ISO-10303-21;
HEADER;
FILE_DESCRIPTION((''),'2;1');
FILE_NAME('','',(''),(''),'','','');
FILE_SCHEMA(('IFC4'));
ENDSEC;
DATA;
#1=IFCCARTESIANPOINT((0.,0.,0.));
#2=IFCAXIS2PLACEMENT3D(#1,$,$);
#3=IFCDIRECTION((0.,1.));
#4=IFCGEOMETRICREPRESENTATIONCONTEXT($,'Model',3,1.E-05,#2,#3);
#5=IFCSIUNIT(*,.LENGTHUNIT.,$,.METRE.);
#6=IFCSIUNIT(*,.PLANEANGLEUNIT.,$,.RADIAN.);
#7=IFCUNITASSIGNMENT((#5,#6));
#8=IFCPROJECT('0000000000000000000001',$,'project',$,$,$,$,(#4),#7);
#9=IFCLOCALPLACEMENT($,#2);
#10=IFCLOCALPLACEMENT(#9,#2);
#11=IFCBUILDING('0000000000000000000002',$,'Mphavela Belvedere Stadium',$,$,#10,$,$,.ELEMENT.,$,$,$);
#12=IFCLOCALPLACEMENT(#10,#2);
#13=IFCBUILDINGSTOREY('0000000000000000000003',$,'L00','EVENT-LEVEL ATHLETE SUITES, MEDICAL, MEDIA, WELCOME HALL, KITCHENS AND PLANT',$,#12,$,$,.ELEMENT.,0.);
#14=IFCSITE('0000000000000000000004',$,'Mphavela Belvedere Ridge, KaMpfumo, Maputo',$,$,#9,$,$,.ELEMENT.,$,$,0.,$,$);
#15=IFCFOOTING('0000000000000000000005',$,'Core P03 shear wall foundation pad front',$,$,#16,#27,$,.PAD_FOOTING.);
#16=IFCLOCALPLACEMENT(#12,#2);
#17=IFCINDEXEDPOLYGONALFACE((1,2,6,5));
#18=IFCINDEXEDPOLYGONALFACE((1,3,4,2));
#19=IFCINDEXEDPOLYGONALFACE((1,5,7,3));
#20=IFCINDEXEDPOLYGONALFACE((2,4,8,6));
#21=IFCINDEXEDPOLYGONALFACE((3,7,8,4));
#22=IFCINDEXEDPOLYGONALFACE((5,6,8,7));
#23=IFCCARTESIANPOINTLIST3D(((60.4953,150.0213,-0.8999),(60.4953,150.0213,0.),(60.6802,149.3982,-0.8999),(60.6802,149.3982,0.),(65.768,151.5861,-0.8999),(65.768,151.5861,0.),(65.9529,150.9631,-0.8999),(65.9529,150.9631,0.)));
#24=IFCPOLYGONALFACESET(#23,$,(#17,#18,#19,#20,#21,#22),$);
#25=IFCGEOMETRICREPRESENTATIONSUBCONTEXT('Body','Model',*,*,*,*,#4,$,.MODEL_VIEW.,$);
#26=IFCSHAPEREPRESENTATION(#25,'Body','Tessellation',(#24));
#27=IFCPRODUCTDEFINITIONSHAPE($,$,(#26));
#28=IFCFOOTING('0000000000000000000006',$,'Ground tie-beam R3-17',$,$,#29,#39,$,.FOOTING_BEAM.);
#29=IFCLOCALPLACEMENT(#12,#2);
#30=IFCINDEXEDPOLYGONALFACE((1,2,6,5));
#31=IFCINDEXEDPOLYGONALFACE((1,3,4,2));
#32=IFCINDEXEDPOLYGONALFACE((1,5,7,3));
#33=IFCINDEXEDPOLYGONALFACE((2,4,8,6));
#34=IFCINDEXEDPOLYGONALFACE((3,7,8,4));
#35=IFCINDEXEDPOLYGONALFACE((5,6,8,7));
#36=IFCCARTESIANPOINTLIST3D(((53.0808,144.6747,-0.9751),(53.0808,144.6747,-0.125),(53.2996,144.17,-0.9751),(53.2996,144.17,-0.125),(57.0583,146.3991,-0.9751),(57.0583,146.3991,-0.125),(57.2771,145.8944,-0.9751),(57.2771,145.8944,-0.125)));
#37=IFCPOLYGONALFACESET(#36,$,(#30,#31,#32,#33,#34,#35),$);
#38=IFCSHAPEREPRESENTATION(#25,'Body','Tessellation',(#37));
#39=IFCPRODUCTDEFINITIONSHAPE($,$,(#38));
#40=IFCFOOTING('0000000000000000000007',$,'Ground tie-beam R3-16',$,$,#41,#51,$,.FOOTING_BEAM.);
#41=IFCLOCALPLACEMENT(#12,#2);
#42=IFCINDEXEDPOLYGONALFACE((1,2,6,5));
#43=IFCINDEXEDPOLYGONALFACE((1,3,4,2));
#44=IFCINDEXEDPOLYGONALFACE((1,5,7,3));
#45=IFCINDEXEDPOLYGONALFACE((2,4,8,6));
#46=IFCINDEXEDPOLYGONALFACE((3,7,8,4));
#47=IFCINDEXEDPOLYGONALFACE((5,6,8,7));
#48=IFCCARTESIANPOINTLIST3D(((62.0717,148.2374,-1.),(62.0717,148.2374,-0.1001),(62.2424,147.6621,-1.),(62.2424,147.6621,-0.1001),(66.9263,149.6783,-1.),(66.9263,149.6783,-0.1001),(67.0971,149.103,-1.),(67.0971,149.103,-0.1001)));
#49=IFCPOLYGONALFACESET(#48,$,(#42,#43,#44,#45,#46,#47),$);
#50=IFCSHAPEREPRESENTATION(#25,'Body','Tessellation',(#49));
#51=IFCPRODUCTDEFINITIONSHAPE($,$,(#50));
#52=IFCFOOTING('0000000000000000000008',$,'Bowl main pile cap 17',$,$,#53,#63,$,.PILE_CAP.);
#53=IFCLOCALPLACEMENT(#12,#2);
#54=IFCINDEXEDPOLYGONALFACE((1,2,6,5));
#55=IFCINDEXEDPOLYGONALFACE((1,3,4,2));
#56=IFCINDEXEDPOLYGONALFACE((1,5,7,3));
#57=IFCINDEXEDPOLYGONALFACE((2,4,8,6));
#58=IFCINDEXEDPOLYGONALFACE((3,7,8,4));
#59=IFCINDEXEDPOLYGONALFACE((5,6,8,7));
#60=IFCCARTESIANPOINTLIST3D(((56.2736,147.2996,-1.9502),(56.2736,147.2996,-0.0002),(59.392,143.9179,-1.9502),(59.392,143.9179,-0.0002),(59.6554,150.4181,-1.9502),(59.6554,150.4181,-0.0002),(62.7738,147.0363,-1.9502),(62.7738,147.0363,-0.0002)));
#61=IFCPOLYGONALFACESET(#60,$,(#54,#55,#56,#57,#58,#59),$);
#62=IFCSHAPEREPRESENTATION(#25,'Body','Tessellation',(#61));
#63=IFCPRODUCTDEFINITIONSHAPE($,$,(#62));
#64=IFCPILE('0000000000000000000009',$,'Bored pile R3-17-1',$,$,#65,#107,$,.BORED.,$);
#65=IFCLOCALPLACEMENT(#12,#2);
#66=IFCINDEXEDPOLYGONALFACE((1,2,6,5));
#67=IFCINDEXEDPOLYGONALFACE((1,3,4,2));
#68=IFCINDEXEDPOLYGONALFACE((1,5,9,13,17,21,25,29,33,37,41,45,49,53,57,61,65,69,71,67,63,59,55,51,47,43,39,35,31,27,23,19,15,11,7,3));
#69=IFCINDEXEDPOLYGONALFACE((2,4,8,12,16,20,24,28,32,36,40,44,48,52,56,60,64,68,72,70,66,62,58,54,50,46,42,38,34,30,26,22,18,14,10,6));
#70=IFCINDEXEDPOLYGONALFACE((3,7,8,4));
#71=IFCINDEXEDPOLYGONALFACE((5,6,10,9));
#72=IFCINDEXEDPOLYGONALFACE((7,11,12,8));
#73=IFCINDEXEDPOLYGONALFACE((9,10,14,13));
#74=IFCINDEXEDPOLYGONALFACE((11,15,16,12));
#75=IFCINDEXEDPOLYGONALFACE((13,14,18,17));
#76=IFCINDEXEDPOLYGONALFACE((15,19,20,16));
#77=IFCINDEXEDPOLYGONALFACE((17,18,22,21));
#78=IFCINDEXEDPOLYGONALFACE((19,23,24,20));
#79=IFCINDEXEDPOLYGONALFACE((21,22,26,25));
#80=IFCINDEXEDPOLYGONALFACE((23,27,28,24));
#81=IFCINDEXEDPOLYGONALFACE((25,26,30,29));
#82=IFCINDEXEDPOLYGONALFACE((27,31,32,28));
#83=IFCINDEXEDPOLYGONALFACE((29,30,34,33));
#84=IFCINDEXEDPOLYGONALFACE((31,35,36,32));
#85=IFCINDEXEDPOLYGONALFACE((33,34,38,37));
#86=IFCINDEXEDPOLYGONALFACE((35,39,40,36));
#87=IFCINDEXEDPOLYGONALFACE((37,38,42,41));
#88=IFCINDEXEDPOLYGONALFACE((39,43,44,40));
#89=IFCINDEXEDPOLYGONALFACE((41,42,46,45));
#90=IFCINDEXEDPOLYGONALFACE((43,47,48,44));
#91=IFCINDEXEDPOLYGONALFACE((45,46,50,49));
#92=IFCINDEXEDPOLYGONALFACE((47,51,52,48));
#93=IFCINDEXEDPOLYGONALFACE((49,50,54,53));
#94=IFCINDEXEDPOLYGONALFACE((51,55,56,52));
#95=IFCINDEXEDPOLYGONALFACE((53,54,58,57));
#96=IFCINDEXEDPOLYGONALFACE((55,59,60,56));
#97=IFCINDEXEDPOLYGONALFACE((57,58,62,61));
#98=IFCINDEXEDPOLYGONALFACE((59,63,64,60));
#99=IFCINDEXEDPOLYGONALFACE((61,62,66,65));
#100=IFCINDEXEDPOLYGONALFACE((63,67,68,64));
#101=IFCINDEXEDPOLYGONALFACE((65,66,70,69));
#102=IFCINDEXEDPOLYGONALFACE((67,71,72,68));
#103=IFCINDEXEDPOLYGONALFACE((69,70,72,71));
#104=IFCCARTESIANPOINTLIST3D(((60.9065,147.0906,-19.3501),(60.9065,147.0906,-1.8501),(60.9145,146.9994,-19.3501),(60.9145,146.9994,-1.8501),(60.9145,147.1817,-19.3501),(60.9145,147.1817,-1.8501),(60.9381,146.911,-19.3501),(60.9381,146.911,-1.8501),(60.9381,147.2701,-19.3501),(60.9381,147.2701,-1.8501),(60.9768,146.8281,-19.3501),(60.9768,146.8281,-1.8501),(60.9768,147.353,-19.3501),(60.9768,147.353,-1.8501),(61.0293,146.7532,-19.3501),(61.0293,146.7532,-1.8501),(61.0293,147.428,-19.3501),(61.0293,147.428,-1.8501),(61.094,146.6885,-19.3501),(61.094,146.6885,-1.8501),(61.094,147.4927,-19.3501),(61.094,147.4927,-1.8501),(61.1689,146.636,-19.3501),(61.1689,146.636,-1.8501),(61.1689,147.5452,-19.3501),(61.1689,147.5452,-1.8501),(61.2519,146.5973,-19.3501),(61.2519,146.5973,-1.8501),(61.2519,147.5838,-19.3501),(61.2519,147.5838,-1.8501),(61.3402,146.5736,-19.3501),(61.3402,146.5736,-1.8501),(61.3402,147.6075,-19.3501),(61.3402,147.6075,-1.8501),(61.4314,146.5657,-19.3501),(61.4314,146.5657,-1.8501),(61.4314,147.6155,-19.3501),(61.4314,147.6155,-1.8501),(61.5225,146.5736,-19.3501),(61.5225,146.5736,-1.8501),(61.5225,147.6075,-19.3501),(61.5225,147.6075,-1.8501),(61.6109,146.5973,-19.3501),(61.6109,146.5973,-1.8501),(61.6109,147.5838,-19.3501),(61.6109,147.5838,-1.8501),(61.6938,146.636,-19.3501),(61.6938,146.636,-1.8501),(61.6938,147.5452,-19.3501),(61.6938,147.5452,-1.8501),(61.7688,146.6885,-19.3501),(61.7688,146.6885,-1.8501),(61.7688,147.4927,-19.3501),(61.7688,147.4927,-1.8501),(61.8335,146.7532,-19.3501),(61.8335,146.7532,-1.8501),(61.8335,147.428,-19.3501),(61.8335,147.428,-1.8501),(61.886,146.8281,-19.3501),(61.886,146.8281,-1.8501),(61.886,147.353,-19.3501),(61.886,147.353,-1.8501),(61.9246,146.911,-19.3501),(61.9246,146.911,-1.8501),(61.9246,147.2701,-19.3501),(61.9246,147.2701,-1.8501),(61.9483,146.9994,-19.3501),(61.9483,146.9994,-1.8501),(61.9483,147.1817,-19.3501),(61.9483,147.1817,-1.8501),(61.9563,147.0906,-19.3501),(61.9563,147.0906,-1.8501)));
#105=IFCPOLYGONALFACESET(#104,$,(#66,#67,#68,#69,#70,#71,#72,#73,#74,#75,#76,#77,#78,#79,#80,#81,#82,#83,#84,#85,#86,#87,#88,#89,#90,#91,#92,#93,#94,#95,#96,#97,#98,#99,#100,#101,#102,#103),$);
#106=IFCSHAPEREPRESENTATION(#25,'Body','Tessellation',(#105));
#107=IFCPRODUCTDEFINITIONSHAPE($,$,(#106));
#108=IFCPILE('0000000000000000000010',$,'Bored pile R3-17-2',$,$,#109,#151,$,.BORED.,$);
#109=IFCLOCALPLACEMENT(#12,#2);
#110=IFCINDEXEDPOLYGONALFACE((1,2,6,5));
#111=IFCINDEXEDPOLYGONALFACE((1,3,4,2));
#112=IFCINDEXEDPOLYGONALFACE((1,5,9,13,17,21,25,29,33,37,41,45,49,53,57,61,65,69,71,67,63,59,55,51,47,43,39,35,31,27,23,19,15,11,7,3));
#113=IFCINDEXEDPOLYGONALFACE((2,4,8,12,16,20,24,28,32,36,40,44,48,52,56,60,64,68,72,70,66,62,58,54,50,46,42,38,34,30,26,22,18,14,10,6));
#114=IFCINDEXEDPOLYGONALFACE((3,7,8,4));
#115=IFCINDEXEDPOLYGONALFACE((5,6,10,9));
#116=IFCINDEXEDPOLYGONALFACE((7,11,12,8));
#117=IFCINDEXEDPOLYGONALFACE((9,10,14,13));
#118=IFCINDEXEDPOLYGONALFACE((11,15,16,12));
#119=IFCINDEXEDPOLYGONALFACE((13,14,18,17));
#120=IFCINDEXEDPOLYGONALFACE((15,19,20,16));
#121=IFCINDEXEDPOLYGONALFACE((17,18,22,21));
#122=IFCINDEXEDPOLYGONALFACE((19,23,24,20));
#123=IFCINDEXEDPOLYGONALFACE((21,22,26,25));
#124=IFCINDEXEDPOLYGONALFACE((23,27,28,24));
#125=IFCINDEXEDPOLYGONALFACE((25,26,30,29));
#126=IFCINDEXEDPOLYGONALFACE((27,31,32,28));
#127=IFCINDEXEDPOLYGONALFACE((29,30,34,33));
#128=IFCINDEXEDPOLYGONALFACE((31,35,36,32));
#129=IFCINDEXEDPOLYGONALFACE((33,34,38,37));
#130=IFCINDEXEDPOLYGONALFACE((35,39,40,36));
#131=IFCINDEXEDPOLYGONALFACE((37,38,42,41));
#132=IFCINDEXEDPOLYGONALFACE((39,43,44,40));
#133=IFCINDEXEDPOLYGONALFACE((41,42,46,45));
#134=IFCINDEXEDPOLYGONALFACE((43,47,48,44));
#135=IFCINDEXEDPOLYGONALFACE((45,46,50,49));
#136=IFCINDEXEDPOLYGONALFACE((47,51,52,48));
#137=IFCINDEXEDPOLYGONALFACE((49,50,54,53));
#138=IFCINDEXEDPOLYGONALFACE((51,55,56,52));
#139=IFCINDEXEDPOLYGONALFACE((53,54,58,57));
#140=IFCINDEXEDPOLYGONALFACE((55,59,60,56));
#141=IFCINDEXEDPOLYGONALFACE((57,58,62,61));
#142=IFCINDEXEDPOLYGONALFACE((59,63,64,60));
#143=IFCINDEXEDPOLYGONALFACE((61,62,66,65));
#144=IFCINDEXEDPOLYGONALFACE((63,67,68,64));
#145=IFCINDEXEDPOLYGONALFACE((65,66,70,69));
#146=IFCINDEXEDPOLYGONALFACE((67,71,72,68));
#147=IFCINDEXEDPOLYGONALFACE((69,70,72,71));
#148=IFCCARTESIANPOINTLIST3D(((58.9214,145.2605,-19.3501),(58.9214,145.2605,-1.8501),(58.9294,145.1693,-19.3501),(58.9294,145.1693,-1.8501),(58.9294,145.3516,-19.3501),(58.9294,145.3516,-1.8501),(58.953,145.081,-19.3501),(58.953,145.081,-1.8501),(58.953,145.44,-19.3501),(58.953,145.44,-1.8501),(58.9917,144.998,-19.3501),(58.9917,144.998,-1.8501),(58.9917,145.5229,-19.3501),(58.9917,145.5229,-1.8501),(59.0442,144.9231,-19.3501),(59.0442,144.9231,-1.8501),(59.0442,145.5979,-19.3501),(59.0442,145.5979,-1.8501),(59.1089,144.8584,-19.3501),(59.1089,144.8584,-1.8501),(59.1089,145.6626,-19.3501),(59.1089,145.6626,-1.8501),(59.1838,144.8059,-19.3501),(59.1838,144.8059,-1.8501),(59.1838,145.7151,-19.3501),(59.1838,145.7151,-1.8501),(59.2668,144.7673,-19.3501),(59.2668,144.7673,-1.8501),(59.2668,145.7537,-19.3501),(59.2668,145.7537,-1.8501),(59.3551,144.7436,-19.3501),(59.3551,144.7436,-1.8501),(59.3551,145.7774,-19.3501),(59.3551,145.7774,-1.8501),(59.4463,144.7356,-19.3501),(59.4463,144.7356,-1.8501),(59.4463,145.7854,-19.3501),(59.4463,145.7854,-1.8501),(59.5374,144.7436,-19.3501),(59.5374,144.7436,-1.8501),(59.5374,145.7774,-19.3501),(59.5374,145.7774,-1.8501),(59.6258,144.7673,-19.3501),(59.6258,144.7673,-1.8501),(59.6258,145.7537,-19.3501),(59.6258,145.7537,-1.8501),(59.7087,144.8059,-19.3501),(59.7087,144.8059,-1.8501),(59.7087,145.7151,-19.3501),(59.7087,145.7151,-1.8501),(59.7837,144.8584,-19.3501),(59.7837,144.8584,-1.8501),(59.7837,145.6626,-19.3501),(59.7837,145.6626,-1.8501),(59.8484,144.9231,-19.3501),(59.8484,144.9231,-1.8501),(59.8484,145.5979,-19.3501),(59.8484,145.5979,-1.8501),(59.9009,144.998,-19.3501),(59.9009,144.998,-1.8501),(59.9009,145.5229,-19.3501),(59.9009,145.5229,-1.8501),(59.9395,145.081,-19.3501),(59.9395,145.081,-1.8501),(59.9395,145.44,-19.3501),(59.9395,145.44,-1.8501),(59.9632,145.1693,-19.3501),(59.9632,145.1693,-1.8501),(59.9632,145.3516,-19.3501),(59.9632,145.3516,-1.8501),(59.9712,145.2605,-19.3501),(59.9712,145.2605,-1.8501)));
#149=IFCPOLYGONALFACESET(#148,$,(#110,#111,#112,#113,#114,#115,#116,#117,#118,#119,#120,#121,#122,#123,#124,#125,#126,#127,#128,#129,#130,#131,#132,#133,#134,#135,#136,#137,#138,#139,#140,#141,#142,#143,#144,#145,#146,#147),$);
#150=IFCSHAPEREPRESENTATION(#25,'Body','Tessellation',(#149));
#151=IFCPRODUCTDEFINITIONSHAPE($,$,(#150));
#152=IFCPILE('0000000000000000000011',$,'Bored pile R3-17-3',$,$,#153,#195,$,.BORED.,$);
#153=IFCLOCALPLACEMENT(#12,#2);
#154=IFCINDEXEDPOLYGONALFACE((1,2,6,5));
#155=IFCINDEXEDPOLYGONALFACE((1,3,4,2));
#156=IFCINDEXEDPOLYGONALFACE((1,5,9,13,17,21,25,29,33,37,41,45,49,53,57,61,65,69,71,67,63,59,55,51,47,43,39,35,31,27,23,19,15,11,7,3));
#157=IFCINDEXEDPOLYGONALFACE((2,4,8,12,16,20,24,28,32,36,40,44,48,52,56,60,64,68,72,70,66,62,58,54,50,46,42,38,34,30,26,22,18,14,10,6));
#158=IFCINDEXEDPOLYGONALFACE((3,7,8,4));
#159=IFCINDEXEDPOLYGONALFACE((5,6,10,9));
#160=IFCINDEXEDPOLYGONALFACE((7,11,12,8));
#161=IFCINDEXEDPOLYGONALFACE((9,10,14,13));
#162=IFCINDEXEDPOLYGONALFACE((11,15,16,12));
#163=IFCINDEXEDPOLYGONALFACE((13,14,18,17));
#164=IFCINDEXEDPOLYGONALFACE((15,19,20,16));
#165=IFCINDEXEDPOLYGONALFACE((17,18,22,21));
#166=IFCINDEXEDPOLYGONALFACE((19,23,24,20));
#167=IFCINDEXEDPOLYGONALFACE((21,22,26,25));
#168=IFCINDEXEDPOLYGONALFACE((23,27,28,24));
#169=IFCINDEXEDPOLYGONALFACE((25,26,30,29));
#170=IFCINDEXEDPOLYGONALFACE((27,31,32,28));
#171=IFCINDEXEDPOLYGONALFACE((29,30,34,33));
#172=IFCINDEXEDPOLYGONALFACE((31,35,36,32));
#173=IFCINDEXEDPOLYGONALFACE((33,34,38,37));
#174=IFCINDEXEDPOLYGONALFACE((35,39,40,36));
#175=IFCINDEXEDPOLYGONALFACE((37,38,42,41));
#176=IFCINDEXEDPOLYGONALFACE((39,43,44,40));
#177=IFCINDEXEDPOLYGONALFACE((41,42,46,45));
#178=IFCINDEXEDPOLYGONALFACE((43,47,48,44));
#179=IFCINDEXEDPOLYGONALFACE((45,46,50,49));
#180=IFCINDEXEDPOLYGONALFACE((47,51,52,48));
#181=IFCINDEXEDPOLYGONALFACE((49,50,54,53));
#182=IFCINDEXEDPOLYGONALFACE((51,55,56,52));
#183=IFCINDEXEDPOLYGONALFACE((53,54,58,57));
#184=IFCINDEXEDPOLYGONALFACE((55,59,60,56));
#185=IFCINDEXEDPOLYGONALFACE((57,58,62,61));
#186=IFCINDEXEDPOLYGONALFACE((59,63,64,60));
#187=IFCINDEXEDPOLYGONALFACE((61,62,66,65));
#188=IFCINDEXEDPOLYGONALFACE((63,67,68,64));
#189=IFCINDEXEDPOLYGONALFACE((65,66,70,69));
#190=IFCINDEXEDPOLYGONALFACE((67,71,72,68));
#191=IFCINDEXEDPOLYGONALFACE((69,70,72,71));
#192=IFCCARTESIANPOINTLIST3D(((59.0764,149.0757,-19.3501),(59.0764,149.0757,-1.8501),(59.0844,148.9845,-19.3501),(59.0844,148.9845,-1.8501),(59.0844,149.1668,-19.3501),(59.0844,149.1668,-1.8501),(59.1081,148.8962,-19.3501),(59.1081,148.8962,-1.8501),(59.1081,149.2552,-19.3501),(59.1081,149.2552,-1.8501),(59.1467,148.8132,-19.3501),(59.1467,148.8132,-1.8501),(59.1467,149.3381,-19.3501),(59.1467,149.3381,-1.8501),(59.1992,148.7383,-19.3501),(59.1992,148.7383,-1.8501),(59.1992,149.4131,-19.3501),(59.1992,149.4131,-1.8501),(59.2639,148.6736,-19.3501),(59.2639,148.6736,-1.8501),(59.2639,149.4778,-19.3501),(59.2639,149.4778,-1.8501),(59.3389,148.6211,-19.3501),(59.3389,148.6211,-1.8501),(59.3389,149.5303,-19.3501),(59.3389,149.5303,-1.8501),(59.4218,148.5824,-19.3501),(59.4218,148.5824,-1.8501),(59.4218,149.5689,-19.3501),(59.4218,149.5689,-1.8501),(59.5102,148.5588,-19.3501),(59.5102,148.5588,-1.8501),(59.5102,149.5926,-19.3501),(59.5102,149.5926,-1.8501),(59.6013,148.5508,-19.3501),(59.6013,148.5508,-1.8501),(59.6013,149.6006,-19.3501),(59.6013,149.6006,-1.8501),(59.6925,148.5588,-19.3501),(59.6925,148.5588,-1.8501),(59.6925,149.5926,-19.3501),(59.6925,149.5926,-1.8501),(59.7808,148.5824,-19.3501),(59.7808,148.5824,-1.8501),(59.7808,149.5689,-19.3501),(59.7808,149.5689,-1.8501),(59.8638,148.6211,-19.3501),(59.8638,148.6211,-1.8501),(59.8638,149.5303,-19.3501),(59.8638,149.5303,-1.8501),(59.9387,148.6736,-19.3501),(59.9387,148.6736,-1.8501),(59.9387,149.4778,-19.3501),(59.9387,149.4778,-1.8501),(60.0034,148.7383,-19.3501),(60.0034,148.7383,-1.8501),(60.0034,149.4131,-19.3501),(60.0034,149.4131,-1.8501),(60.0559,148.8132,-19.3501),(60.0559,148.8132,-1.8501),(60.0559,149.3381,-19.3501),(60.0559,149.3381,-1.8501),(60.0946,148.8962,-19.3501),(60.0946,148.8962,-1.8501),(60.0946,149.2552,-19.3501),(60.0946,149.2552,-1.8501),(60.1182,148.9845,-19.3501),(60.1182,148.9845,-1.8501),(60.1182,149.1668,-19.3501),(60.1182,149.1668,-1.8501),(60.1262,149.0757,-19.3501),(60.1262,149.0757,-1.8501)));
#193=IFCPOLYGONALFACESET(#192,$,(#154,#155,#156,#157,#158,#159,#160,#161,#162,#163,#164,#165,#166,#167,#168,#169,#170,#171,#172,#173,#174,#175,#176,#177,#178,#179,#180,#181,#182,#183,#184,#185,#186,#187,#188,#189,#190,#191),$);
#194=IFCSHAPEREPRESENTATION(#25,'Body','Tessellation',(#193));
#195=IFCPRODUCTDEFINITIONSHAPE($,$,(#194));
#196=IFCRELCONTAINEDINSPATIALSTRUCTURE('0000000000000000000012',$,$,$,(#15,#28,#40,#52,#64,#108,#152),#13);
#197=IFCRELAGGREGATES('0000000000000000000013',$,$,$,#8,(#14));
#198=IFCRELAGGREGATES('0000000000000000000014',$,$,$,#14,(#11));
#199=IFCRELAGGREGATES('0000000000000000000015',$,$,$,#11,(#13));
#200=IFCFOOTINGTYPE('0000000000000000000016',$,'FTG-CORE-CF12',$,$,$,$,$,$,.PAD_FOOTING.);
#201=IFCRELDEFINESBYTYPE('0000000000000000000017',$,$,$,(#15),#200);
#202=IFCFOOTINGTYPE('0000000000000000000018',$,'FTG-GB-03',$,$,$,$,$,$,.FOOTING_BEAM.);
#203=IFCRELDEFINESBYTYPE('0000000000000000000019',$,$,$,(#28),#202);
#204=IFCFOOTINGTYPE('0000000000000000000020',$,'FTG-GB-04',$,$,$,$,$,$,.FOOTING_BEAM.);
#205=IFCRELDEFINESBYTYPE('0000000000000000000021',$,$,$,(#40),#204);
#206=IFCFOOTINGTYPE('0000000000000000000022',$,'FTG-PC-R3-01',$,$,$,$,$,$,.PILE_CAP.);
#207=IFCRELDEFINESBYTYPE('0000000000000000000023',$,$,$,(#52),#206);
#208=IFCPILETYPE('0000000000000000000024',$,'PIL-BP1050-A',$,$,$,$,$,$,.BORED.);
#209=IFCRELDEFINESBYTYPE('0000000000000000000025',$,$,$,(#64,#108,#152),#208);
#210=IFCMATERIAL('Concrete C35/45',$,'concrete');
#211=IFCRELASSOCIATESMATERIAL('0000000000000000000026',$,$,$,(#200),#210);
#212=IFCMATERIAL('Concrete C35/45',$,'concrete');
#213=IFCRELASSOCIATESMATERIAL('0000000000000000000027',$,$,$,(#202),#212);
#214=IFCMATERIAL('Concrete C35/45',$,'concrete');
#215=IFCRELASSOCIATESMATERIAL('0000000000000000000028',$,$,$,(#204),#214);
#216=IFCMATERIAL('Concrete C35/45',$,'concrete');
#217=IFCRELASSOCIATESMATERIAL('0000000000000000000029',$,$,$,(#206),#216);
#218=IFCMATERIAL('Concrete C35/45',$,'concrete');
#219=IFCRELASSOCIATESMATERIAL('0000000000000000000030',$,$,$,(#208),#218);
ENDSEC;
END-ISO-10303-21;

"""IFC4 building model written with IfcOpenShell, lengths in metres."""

from ifc_helpers import new_model, si_unit, direction, frame, origin, origin_2d, place, context, subcontext, project, spatial, rectangle, circle, extrude, material, material_profile, profile_set, type_object, element, save


model = new_model("IFC4")

# Units and contexts
model_context = context("Model", 3, precision=1e-05, world=origin(), true_north=direction((0.0, 1.0)))
body_context = subcontext(model_context, "Body", "Model", "MODEL_VIEW")
ifc_project = project(units=[si_unit("LENGTHUNIT", "METRE"), si_unit("PLANEANGLEUNIT", "RADIAN")], contexts=[model_context])

# Site, building, storey
site_placement = place(None, origin())
site = spatial("IfcSite", under=ifc_project, at=site_placement, Name="Mphavela Belvedere Ridge, KaMpfumo, Maputo", CompositionType="ELEMENT", RefElevation=0.0)
building_placement = place(site_placement, origin())
building = spatial("IfcBuilding", under=site, at=building_placement, Name="Mphavela Belvedere Stadium", CompositionType="ELEMENT")
storey_placement = place(building_placement, origin())
storey = spatial("IfcBuildingStorey", under=building, at=storey_placement, Name="L00", Description="EVENT-LEVEL ATHLETE SUITES, MEDICAL, MEDIA, WELCOME HALL, KITCHENS AND PLANT", CompositionType="ELEMENT", Elevation=0.0)

# Footings
ifc_material_1 = material(Name="Concrete C35/45", Category="concrete")
footing_type_1 = type_object("IfcFootingType", Name="FTG-CORE-CF12", PredefinedType="PAD_FOOTING", material=ifc_material_1)
footing_1_placement = place(storey_placement, frame((63.2241, 150.4922, -0.8999), z_axis=(0.0, 0.0, 1.0), x_axis=(0.958671, 0.284517, 0.0)))
element("IfcFooting", 1, at=footing_1_placement, inside=storey, type_object=footing_type_1, Name="Core P03 shear wall foundation pad front", PredefinedType="PAD_FOOTING", context=body_context, shape_type="SweptSolid", body=[
    extrude(rectangle(XDim=5.5, YDim=0.6499, at=origin_2d()), origin(), (0.0, 0.0, 1.0), 0.8999),
])
ifc_material_2 = material(Name="Concrete C35/45", Category="concrete")
ifc_material_profile_1 = material_profile(ifc_material_2, rectangle(XDim=0.55, YDim=0.8501, at=origin_2d()), Name="GB 550x850")
ifc_profile_set_1 = profile_set([ifc_material_profile_1], Name="Concrete C35/45")
footing_type_2 = type_object("IfcFootingType", Name="FTG-GB-03", PredefinedType="FOOTING_BEAM", material=ifc_profile_set_1)
footing_2_placement = place(storey_placement, frame((57.1677, 146.1467, -0.55), z_axis=(-0.917491, -0.397756, 0.0), x_axis=(0.397756, -0.917491, 0.0)))
element("IfcFooting", 2, at=footing_2_placement, inside=storey, type_object=footing_type_2, Name="Ground tie-beam R3-17", PredefinedType="FOOTING_BEAM", context=body_context, shape_type="SweptSolid", body=[
    extrude(rectangle(XDim=0.55, YDim=0.8501, at=origin_2d()), origin(), (0.0, 0.0, 1.0), 4.3352),
])
ifc_material_3 = material(Name="Concrete C35/45", Category="concrete")
ifc_material_profile_2 = material_profile(ifc_material_3, rectangle(XDim=0.6001, YDim=0.8999, at=origin_2d()), Name="GB 600x900")
ifc_profile_set_2 = profile_set([ifc_material_profile_2], Name="Concrete C35/45")
footing_type_3 = type_object("IfcFootingType", Name="FTG-GB-04", PredefinedType="FOOTING_BEAM", material=ifc_profile_set_2)
footing_3_placement = place(storey_placement, frame((67.0117, 149.3906, -0.55), z_axis=(-0.958665, -0.284538, 0.0), x_axis=(0.284538, -0.958665, 0.0)))
element("IfcFooting", 3, at=footing_3_placement, inside=storey, type_object=footing_type_3, Name="Ground tie-beam R3-16", PredefinedType="FOOTING_BEAM", context=body_context, shape_type="SweptSolid", body=[
    extrude(rectangle(XDim=0.6001, YDim=0.8999, at=origin_2d()), origin(), (0.0, 0.0, 1.0), 5.064),
])
ifc_material_4 = material(Name="Concrete C35/45", Category="concrete")
footing_type_4 = type_object("IfcFootingType", Name="FTG-PC-R3-01", PredefinedType="PILE_CAP", material=ifc_material_4)
footing_4_placement = place(storey_placement, frame((59.5237, 147.168, -1.9502), z_axis=(0.0, 0.0, 1.0), x_axis=(-0.677903, 0.735151, 0.0)))
element("IfcFooting", 4, at=footing_4_placement, inside=storey, type_object=footing_type_4, Name="Bowl main pile cap 17", PredefinedType="PILE_CAP", context=body_context, shape_type="SweptSolid", body=[
    extrude(rectangle(XDim=4.6001, YDim=4.6001, at=origin_2d()), origin(), (0.0, 0.0, 1.0), 1.95),
])

# Piles
ifc_material_5 = material(Name="Concrete C35/45", Category="concrete")
ifc_material_profile_3 = material_profile(ifc_material_5, circle(Radius=0.5249, at=origin_2d()), Name="BP D1050")
ifc_profile_set_3 = profile_set([ifc_material_profile_3], Name="Concrete C35/45")
pile_type_1 = type_object("IfcPileType", Name="PIL-BP1050-A", PredefinedType="BORED", material=ifc_profile_set_3)
for number, where, z_axis, x_axis, name in (
    (5, (61.4314, 147.0906, -1.8501), (0.0, 0.0, -1.0), (1.0, 0.0, 0.0), "Bored pile R3-17-1"),
    (6, (59.4463, 145.2605, -1.8501), (0.0, 0.0, -1.0), (1.0, 0.0, 0.0), "Bored pile R3-17-2"),
    (7, (59.6013, 149.0757, -1.8501), (0.0, 0.0, -1.0), (1.0, 0.0, 0.0), "Bored pile R3-17-3"),
):
    element("IfcPile", number, at=place(storey_placement, frame(where, z_axis=z_axis, x_axis=x_axis)), inside=storey, type_object=pile_type_1, Name=name, PredefinedType="BORED", context=body_context, shape_type="SweptSolid", body=[
        extrude(circle(Radius=0.5249, at=origin_2d()), origin(), (0.0, 0.0, 1.0), 17.5),
    ])

save(model, "model.ifc")
